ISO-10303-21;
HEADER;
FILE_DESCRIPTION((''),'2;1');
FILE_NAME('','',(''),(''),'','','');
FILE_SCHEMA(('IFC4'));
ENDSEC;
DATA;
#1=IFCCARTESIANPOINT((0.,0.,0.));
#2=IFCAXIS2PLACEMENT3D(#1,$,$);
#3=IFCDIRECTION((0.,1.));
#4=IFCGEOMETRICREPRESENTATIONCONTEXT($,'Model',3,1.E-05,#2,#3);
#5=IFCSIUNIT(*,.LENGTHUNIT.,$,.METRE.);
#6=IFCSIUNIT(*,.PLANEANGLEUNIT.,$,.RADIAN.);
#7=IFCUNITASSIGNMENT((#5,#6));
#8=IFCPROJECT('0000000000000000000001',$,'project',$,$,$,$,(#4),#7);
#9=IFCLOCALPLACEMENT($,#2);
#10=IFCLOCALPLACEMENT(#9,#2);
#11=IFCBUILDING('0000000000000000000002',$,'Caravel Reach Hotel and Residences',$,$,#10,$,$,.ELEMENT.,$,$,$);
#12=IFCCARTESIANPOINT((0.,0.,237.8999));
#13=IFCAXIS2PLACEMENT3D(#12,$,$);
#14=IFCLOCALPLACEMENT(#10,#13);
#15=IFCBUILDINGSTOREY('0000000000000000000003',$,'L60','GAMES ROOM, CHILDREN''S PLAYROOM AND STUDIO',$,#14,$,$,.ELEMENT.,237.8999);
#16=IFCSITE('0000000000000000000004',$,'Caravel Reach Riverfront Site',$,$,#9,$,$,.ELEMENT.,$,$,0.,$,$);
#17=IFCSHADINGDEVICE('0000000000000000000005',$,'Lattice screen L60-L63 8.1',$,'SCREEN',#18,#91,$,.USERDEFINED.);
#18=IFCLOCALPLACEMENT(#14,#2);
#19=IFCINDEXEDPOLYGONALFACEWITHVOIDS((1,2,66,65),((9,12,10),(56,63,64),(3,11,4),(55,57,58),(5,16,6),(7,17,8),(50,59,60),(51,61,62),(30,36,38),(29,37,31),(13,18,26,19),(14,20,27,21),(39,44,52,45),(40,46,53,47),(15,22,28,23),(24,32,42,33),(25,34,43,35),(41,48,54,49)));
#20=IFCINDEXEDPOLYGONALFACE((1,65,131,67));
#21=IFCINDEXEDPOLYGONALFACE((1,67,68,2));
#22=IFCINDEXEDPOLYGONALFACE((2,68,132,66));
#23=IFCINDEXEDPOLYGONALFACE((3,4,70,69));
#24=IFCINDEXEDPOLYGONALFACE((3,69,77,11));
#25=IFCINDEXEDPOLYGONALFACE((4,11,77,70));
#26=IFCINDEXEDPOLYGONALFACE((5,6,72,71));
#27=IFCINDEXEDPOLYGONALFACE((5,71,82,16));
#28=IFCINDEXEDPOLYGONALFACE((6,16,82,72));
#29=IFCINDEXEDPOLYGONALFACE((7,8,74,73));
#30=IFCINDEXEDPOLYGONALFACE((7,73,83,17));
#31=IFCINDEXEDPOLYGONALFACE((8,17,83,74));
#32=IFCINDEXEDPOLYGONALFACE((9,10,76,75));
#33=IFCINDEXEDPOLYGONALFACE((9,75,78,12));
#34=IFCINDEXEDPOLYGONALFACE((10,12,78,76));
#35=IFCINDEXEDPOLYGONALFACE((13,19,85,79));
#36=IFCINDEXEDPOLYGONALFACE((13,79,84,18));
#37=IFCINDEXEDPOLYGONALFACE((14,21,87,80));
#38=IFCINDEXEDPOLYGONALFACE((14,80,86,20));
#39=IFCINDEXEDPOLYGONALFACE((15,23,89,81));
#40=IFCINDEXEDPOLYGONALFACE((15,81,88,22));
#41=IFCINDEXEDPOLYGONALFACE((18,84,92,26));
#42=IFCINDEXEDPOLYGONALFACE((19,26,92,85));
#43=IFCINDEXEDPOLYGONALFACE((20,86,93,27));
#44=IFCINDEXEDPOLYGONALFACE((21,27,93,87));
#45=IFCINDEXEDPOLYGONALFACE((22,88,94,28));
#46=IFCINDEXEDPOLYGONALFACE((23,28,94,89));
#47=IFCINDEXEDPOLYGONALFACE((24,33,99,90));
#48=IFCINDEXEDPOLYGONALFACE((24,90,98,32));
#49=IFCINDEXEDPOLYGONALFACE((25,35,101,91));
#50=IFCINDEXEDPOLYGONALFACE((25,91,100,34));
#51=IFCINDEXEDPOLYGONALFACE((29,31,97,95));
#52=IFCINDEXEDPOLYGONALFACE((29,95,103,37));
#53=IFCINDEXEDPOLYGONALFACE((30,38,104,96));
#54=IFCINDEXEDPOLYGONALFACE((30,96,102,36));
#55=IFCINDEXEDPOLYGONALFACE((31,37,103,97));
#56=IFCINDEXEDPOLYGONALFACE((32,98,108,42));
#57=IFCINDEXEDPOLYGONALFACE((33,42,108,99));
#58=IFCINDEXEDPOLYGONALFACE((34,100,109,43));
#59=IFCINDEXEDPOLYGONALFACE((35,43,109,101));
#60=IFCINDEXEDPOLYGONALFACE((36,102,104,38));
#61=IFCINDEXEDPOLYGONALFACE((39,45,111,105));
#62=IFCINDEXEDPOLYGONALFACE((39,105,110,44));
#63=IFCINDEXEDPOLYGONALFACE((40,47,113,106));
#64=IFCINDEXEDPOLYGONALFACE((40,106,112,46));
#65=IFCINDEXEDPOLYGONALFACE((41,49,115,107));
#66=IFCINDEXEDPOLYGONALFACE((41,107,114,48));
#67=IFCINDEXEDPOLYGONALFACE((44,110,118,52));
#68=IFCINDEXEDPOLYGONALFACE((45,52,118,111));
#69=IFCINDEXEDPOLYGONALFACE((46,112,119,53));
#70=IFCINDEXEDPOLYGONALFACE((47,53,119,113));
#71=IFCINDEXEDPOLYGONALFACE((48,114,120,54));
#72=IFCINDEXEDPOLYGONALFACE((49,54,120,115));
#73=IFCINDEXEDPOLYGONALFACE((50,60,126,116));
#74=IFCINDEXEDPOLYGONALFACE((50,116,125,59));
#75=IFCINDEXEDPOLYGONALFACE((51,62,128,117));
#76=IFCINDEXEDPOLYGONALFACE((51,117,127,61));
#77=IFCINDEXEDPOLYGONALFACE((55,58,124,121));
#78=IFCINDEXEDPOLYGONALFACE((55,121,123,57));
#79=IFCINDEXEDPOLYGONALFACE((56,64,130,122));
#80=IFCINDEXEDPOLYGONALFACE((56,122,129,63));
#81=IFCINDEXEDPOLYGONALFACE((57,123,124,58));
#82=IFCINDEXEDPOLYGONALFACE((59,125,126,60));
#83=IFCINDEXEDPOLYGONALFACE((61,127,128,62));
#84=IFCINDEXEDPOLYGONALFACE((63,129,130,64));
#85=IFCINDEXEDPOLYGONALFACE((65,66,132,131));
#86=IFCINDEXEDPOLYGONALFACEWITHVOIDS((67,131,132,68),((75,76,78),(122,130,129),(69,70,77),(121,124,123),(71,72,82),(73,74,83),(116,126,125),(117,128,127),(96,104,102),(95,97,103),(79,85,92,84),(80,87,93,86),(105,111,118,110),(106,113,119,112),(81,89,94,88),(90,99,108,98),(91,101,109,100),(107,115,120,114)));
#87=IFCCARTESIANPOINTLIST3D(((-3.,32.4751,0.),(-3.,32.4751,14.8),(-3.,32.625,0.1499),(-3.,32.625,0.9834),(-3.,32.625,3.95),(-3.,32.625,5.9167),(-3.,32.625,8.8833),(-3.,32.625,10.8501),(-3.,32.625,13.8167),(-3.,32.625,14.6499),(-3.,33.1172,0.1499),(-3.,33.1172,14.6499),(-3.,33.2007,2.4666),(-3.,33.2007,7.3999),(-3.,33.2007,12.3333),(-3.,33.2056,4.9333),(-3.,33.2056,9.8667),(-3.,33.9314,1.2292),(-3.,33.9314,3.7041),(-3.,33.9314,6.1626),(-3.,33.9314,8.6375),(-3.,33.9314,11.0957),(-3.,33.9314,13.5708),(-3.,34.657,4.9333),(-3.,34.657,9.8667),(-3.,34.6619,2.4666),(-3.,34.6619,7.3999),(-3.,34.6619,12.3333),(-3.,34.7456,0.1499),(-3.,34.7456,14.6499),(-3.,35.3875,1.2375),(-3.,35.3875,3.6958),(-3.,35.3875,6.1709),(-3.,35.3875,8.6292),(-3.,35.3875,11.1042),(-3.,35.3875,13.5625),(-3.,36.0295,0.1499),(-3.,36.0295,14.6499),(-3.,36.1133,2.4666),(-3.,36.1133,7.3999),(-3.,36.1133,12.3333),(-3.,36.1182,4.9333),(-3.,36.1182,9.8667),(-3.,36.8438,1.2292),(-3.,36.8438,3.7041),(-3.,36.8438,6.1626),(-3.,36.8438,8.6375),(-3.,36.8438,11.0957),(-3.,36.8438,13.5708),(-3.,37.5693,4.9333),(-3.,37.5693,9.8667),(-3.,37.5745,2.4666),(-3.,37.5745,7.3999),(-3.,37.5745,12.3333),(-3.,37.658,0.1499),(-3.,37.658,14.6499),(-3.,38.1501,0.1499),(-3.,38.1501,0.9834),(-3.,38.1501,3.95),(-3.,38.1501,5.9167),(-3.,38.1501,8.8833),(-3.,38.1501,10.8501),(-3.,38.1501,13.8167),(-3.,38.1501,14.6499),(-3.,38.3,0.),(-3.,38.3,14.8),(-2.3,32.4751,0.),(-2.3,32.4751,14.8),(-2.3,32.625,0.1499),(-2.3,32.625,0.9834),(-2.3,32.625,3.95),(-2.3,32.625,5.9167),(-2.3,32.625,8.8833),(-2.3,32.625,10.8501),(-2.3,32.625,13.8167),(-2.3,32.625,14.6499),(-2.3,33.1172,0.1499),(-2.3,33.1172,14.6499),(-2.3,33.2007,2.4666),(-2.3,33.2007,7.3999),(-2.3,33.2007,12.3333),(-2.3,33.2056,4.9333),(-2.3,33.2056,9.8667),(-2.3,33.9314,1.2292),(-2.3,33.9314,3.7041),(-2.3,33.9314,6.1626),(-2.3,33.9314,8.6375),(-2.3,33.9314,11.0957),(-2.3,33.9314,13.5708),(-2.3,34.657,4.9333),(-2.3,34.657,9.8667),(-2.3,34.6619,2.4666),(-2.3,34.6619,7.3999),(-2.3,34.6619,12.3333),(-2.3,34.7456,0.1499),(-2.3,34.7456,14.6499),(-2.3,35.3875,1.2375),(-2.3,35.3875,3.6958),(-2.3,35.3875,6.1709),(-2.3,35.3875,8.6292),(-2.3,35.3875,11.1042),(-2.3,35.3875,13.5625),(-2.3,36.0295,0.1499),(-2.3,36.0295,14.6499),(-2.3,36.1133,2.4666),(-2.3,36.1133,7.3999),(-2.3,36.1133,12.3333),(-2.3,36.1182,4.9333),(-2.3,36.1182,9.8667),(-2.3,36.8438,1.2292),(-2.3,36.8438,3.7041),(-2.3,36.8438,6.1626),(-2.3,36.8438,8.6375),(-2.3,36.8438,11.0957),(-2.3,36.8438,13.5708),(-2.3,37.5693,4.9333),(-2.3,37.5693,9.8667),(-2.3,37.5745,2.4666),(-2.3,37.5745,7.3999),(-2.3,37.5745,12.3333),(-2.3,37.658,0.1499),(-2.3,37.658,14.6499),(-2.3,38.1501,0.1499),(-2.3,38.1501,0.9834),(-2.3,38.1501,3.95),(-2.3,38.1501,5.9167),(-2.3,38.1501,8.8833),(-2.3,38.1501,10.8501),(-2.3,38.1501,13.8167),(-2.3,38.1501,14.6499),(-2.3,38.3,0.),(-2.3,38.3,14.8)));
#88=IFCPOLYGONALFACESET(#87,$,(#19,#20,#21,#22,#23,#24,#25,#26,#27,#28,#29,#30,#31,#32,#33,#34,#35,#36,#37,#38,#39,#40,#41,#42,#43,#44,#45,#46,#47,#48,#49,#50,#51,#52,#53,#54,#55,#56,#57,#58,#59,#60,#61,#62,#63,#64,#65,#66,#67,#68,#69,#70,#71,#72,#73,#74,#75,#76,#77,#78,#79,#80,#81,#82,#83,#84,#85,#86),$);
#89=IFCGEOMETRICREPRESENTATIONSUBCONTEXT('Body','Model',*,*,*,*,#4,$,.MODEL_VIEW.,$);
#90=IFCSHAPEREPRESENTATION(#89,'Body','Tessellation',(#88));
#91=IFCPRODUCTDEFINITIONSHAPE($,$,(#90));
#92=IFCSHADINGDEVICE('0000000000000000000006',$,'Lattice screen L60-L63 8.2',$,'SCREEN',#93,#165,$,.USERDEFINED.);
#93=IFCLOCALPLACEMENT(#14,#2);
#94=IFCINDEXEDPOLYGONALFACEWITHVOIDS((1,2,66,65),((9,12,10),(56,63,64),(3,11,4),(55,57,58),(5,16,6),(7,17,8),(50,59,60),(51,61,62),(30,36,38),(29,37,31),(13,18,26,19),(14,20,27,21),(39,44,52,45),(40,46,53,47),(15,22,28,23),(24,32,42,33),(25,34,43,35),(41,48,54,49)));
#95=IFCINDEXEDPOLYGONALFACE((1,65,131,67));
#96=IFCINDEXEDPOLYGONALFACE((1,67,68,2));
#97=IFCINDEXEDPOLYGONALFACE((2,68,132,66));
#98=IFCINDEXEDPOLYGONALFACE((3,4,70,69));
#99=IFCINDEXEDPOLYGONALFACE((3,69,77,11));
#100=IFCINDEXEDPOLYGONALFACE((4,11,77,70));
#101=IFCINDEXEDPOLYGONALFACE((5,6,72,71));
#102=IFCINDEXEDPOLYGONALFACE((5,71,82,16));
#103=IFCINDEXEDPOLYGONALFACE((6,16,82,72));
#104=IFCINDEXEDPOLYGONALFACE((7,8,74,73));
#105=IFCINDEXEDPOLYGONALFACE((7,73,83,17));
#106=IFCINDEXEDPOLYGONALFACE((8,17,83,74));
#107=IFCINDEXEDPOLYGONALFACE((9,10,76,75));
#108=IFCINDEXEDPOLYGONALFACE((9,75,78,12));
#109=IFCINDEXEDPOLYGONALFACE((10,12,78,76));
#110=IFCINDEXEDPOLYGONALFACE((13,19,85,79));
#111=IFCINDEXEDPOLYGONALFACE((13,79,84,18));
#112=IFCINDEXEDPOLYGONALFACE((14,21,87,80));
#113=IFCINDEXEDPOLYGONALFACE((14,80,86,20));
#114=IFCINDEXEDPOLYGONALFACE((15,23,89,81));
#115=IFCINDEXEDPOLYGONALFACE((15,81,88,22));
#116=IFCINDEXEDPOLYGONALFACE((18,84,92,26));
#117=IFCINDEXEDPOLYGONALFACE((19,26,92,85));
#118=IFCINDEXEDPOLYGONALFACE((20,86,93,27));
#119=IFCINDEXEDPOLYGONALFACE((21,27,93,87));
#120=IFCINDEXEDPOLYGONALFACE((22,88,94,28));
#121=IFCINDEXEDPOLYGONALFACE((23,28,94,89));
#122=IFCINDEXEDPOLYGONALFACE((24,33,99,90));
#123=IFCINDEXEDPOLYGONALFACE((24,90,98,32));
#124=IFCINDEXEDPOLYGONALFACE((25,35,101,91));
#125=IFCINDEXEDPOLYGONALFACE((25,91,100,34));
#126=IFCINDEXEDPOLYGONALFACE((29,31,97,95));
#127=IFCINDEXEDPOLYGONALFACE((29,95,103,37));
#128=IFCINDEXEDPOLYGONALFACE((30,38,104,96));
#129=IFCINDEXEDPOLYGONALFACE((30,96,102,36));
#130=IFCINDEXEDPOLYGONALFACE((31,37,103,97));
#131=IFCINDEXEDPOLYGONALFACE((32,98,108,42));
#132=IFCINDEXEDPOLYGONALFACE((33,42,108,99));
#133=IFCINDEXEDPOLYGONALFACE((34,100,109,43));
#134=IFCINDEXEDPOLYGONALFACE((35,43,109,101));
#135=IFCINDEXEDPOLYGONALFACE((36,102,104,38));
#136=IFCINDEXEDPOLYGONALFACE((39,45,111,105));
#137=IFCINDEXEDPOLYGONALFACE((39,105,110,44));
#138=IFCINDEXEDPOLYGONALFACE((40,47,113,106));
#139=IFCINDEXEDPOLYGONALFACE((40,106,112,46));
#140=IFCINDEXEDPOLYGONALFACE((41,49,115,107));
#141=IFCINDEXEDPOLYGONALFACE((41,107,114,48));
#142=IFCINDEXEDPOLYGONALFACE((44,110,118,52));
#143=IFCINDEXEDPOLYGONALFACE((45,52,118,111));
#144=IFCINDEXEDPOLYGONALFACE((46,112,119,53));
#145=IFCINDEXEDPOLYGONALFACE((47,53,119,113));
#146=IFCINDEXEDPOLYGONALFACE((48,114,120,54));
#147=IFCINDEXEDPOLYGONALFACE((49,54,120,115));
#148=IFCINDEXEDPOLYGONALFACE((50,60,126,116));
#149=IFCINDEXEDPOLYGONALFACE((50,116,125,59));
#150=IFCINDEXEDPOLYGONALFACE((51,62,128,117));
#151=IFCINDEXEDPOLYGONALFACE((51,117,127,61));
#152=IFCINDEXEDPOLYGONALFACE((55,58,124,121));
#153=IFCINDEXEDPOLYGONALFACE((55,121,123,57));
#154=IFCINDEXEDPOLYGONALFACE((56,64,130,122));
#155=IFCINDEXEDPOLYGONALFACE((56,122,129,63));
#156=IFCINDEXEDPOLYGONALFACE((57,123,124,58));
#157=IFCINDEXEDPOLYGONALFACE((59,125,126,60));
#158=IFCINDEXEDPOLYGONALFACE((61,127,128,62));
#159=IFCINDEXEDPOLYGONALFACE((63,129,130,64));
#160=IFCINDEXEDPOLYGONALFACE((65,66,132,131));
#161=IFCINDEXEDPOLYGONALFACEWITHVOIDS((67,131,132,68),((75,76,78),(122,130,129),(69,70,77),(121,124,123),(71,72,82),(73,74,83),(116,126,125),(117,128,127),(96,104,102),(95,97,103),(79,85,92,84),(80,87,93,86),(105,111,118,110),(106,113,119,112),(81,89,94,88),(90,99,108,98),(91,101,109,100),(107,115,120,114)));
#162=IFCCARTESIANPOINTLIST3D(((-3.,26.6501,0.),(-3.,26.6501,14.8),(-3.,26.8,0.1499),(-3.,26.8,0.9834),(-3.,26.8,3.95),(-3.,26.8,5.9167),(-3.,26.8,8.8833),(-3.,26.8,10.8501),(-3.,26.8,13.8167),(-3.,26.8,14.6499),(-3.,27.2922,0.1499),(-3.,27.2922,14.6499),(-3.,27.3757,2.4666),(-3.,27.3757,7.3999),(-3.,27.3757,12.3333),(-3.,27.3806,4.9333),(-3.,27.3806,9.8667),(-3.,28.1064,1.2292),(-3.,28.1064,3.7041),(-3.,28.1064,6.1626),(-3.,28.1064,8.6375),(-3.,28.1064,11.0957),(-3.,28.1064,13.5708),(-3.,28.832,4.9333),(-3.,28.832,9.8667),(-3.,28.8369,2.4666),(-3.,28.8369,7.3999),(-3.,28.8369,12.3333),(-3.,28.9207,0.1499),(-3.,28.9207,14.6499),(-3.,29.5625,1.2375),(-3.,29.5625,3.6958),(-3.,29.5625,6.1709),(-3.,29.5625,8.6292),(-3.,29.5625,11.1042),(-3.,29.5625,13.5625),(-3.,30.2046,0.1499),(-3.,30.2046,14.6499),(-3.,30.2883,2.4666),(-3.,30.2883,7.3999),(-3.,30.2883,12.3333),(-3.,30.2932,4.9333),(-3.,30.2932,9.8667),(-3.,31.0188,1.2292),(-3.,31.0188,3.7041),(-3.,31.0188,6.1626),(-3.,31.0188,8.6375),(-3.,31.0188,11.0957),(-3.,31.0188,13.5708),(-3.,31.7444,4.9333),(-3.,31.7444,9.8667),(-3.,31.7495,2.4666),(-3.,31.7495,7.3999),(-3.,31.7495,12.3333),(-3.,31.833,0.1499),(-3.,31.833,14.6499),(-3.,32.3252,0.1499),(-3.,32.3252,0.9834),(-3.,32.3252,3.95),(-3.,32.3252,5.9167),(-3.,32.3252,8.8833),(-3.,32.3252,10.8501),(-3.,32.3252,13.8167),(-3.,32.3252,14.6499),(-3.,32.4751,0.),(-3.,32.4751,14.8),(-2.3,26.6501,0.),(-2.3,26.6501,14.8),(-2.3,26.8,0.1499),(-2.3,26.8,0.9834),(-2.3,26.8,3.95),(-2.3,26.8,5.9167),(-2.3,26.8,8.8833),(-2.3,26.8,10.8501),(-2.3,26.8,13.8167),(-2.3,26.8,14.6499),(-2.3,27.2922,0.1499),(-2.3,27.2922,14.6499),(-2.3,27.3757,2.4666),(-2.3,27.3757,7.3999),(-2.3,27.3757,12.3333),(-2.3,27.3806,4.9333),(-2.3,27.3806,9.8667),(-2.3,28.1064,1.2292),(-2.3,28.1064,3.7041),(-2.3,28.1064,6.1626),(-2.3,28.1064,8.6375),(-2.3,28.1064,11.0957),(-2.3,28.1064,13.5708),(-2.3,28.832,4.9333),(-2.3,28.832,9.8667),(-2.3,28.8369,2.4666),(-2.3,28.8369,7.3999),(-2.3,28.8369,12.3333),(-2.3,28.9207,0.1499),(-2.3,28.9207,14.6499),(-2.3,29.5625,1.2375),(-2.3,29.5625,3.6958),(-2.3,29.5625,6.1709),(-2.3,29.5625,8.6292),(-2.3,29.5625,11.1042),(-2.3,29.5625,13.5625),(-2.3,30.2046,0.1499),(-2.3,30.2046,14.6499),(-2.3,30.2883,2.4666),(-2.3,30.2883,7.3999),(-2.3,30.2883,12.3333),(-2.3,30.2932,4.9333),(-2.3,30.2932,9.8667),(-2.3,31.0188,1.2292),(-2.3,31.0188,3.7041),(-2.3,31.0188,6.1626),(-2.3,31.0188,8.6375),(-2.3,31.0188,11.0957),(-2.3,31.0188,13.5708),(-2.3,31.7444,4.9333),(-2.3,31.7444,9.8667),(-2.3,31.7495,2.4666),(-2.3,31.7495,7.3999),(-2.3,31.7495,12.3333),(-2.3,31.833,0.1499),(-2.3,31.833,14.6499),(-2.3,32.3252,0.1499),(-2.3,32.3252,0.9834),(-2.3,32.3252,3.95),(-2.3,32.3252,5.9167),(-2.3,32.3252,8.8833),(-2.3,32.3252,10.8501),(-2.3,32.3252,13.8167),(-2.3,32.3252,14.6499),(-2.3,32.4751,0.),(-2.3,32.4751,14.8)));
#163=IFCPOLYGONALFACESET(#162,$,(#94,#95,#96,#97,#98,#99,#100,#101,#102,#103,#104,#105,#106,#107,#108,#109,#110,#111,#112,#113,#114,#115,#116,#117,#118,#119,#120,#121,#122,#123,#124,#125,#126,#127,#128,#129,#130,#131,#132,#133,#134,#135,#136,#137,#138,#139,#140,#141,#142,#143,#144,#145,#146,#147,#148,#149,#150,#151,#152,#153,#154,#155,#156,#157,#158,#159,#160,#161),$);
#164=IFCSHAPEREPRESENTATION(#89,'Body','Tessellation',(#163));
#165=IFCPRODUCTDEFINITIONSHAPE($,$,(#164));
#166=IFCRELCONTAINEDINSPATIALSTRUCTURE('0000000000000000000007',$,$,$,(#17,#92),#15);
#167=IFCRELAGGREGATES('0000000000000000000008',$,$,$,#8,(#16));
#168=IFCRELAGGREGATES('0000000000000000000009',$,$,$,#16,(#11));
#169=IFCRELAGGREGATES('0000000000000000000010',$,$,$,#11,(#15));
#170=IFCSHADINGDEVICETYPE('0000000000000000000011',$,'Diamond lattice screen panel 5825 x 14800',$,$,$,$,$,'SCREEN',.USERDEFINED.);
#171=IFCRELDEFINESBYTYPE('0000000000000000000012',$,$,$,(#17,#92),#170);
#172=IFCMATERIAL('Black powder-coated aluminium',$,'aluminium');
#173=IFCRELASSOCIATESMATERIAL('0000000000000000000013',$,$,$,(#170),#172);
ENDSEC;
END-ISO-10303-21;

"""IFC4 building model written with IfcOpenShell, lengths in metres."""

from ifc_helpers import new_model, si_unit, direction, frame, origin, place, context, subcontext, project, spatial, polyline, outline, extrude, material, type_object, element, save


model = new_model("IFC4")

# Units and contexts
model_context = context("Model", 3, precision=1e-05, world=origin(), true_north=direction((0.0, 1.0)))
body_context = subcontext(model_context, "Body", "Model", "MODEL_VIEW")
ifc_project = project(units=[si_unit("LENGTHUNIT", "METRE"), si_unit("PLANEANGLEUNIT", "RADIAN")], contexts=[model_context])

# Site, building, storey
site_placement = place(None, origin())
site = spatial("IfcSite", under=ifc_project, at=site_placement, Name="Caravel Reach Riverfront Site", CompositionType="ELEMENT", RefElevation=0.0)
building_placement = place(site_placement, origin())
building = spatial("IfcBuilding", under=site, at=building_placement, Name="Caravel Reach Hotel and Residences", CompositionType="ELEMENT")
storey_placement = place(building_placement, frame((0.0, 0.0, 237.8999)))
storey = spatial("IfcBuildingStorey", under=building, at=storey_placement, Name="L60", Description="GAMES ROOM, CHILDREN'S PLAYROOM AND STUDIO", CompositionType="ELEMENT", Elevation=237.8999)

# Shading devices
ifc_material_1 = material(Name="Black powder-coated aluminium", Category="aluminium")
shading_device_type_1 = type_object("IfcShadingDeviceType", Name="Diamond lattice screen panel 5825 x 14800", ElementType="SCREEN", PredefinedType="USERDEFINED", material=ifc_material_1)
shading_device_1_placement = place(storey_placement, frame((-2.3, 38.3, 0.0), z_axis=(-1.0, 0.0, 0.0), x_axis=(0.0, -1.0, 0.0)))
element("IfcShadingDevice", 1, at=shading_device_1_placement, inside=storey, type_object=shading_device_type_1, Name="Lattice screen L60-L63 8.1", ObjectType="SCREEN", PredefinedType="USERDEFINED", context=body_context, shape_type="SweptSolid", body=[
    extrude(outline(polyline([(0.0, 0.0), (5.825, 0.0), (5.825, 14.8), (0.0, 14.8), (0.0, 0.0)]), holes=[polyline([(0.6421, 0.1499), (0.1499, 0.9834), (0.1499, 0.1499), (0.6421, 0.1499)]), polyline([(0.7307, 4.9333), (0.1499, 5.9167), (0.1499, 3.95), (0.7307, 4.9333)]), polyline([(0.7307, 9.8667), (0.1499, 10.8501), (0.1499, 8.8833), (0.7307, 9.8667)]), polyline([(0.1499, 13.8167), (0.6421, 14.6499), (0.1499, 14.6499), (0.1499, 13.8167)]), polyline([(1.4563, 3.7041), (0.7256, 2.4666), (1.4563, 1.2292), (2.1868, 2.4666), (1.4563, 3.7041)]), polyline([(1.4563, 8.6375), (0.7256, 7.3999), (1.4563, 6.1626), (2.1868, 7.3999), (1.4563, 8.6375)]), polyline([(1.4563, 13.5708), (0.7256, 12.3333), (1.4563, 11.0957), (2.1868, 12.3333), (1.4563, 13.5708)]), polyline([(2.9126, 1.2375), (2.2705, 0.1499), (3.5544, 0.1499), (2.9126, 1.2375)]), polyline([(2.9126, 6.1709), (2.1819, 4.9333), (2.9126, 3.6958), (3.6431, 4.9333), (2.9126, 6.1709)]), polyline([(2.9126, 11.1042), (2.1819, 9.8667), (2.9126, 8.6292), (3.6431, 9.8667), (2.9126, 11.1042)]), polyline([(2.9126, 13.5625), (3.5544, 14.6499), (2.2705, 14.6499), (2.9126, 13.5625)]), polyline([(4.3687, 3.7041), (3.6382, 2.4666), (4.3687, 1.2292), (5.0994, 2.4666), (4.3687, 3.7041)]), polyline([(4.3687, 8.6375), (3.6382, 7.3999), (4.3687, 6.1626), (5.0994, 7.3999), (4.3687, 8.6375)]), polyline([(4.3687, 13.5708), (3.6382, 12.3333), (4.3687, 11.0957), (5.0994, 12.3333), (4.3687, 13.5708)]), polyline([(5.675, 0.9834), (5.1829, 0.1499), (5.675, 0.1499), (5.675, 0.9834)]), polyline([(5.0945, 4.9333), (5.675, 3.95), (5.675, 5.9167), (5.0945, 4.9333)]), polyline([(5.0945, 9.8667), (5.675, 8.8833), (5.675, 10.8501), (5.0945, 9.8667)]), polyline([(5.1829, 14.6499), (5.675, 13.8167), (5.675, 14.6499), (5.1829, 14.6499)])]), origin(), (0.0, 0.0, 1.0), 0.7),
])
shading_device_2_placement = place(storey_placement, frame((-2.3, 32.4751, 0.0), z_axis=(-1.0, 0.0, 0.0), x_axis=(0.0, -1.0, 0.0)))
element("IfcShadingDevice", 2, at=shading_device_2_placement, inside=storey, type_object=shading_device_type_1, Name="Lattice screen L60-L63 8.2", ObjectType="SCREEN", PredefinedType="USERDEFINED", context=body_context, shape_type="SweptSolid", body=[
    extrude(outline(polyline([(0.0, 0.0), (5.825, 0.0), (5.825, 14.8), (0.0, 14.8), (0.0, 0.0)]), holes=[polyline([(0.6421, 0.1499), (0.1499, 0.9834), (0.1499, 0.1499), (0.6421, 0.1499)]), polyline([(0.7307, 4.9333), (0.1499, 5.9167), (0.1499, 3.95), (0.7307, 4.9333)]), polyline([(0.7307, 9.8667), (0.1499, 10.8501), (0.1499, 8.8833), (0.7307, 9.8667)]), polyline([(0.1499, 13.8167), (0.6421, 14.6499), (0.1499, 14.6499), (0.1499, 13.8167)]), polyline([(1.4563, 3.7041), (0.7256, 2.4666), (1.4563, 1.2292), (2.1868, 2.4666), (1.4563, 3.7041)]), polyline([(1.4563, 8.6375), (0.7256, 7.3999), (1.4563, 6.1626), (2.1868, 7.3999), (1.4563, 8.6375)]), polyline([(1.4563, 13.5708), (0.7256, 12.3333), (1.4563, 11.0957), (2.1868, 12.3333), (1.4563, 13.5708)]), polyline([(2.9126, 1.2375), (2.2705, 0.1499), (3.5544, 0.1499), (2.9126, 1.2375)]), polyline([(2.9126, 6.1709), (2.1819, 4.9333), (2.9126, 3.6958), (3.6431, 4.9333), (2.9126, 6.1709)]), polyline([(2.9126, 11.1042), (2.1819, 9.8667), (2.9126, 8.6292), (3.6431, 9.8667), (2.9126, 11.1042)]), polyline([(2.9126, 13.5625), (3.5544, 14.6499), (2.2705, 14.6499), (2.9126, 13.5625)]), polyline([(4.3687, 3.7041), (3.6382, 2.4666), (4.3687, 1.2292), (5.0994, 2.4666), (4.3687, 3.7041)]), polyline([(4.3687, 8.6375), (3.6382, 7.3999), (4.3687, 6.1626), (5.0994, 7.3999), (4.3687, 8.6375)]), polyline([(4.3687, 13.5708), (3.6382, 12.3333), (4.3687, 11.0957), (5.0994, 12.3333), (4.3687, 13.5708)]), polyline([(5.675, 0.9834), (5.1829, 0.1499), (5.675, 0.1499), (5.675, 0.9834)]), polyline([(5.0945, 4.9333), (5.675, 3.95), (5.675, 5.9167), (5.0945, 4.9333)]), polyline([(5.0945, 9.8667), (5.675, 8.8833), (5.675, 10.8501), (5.0945, 9.8667)]), polyline([(5.1829, 14.6499), (5.675, 13.8167), (5.675, 14.6499), (5.1829, 14.6499)])]), origin(), (0.0, 0.0, 1.0), 0.7),
])

save(model, "model.ifc")
